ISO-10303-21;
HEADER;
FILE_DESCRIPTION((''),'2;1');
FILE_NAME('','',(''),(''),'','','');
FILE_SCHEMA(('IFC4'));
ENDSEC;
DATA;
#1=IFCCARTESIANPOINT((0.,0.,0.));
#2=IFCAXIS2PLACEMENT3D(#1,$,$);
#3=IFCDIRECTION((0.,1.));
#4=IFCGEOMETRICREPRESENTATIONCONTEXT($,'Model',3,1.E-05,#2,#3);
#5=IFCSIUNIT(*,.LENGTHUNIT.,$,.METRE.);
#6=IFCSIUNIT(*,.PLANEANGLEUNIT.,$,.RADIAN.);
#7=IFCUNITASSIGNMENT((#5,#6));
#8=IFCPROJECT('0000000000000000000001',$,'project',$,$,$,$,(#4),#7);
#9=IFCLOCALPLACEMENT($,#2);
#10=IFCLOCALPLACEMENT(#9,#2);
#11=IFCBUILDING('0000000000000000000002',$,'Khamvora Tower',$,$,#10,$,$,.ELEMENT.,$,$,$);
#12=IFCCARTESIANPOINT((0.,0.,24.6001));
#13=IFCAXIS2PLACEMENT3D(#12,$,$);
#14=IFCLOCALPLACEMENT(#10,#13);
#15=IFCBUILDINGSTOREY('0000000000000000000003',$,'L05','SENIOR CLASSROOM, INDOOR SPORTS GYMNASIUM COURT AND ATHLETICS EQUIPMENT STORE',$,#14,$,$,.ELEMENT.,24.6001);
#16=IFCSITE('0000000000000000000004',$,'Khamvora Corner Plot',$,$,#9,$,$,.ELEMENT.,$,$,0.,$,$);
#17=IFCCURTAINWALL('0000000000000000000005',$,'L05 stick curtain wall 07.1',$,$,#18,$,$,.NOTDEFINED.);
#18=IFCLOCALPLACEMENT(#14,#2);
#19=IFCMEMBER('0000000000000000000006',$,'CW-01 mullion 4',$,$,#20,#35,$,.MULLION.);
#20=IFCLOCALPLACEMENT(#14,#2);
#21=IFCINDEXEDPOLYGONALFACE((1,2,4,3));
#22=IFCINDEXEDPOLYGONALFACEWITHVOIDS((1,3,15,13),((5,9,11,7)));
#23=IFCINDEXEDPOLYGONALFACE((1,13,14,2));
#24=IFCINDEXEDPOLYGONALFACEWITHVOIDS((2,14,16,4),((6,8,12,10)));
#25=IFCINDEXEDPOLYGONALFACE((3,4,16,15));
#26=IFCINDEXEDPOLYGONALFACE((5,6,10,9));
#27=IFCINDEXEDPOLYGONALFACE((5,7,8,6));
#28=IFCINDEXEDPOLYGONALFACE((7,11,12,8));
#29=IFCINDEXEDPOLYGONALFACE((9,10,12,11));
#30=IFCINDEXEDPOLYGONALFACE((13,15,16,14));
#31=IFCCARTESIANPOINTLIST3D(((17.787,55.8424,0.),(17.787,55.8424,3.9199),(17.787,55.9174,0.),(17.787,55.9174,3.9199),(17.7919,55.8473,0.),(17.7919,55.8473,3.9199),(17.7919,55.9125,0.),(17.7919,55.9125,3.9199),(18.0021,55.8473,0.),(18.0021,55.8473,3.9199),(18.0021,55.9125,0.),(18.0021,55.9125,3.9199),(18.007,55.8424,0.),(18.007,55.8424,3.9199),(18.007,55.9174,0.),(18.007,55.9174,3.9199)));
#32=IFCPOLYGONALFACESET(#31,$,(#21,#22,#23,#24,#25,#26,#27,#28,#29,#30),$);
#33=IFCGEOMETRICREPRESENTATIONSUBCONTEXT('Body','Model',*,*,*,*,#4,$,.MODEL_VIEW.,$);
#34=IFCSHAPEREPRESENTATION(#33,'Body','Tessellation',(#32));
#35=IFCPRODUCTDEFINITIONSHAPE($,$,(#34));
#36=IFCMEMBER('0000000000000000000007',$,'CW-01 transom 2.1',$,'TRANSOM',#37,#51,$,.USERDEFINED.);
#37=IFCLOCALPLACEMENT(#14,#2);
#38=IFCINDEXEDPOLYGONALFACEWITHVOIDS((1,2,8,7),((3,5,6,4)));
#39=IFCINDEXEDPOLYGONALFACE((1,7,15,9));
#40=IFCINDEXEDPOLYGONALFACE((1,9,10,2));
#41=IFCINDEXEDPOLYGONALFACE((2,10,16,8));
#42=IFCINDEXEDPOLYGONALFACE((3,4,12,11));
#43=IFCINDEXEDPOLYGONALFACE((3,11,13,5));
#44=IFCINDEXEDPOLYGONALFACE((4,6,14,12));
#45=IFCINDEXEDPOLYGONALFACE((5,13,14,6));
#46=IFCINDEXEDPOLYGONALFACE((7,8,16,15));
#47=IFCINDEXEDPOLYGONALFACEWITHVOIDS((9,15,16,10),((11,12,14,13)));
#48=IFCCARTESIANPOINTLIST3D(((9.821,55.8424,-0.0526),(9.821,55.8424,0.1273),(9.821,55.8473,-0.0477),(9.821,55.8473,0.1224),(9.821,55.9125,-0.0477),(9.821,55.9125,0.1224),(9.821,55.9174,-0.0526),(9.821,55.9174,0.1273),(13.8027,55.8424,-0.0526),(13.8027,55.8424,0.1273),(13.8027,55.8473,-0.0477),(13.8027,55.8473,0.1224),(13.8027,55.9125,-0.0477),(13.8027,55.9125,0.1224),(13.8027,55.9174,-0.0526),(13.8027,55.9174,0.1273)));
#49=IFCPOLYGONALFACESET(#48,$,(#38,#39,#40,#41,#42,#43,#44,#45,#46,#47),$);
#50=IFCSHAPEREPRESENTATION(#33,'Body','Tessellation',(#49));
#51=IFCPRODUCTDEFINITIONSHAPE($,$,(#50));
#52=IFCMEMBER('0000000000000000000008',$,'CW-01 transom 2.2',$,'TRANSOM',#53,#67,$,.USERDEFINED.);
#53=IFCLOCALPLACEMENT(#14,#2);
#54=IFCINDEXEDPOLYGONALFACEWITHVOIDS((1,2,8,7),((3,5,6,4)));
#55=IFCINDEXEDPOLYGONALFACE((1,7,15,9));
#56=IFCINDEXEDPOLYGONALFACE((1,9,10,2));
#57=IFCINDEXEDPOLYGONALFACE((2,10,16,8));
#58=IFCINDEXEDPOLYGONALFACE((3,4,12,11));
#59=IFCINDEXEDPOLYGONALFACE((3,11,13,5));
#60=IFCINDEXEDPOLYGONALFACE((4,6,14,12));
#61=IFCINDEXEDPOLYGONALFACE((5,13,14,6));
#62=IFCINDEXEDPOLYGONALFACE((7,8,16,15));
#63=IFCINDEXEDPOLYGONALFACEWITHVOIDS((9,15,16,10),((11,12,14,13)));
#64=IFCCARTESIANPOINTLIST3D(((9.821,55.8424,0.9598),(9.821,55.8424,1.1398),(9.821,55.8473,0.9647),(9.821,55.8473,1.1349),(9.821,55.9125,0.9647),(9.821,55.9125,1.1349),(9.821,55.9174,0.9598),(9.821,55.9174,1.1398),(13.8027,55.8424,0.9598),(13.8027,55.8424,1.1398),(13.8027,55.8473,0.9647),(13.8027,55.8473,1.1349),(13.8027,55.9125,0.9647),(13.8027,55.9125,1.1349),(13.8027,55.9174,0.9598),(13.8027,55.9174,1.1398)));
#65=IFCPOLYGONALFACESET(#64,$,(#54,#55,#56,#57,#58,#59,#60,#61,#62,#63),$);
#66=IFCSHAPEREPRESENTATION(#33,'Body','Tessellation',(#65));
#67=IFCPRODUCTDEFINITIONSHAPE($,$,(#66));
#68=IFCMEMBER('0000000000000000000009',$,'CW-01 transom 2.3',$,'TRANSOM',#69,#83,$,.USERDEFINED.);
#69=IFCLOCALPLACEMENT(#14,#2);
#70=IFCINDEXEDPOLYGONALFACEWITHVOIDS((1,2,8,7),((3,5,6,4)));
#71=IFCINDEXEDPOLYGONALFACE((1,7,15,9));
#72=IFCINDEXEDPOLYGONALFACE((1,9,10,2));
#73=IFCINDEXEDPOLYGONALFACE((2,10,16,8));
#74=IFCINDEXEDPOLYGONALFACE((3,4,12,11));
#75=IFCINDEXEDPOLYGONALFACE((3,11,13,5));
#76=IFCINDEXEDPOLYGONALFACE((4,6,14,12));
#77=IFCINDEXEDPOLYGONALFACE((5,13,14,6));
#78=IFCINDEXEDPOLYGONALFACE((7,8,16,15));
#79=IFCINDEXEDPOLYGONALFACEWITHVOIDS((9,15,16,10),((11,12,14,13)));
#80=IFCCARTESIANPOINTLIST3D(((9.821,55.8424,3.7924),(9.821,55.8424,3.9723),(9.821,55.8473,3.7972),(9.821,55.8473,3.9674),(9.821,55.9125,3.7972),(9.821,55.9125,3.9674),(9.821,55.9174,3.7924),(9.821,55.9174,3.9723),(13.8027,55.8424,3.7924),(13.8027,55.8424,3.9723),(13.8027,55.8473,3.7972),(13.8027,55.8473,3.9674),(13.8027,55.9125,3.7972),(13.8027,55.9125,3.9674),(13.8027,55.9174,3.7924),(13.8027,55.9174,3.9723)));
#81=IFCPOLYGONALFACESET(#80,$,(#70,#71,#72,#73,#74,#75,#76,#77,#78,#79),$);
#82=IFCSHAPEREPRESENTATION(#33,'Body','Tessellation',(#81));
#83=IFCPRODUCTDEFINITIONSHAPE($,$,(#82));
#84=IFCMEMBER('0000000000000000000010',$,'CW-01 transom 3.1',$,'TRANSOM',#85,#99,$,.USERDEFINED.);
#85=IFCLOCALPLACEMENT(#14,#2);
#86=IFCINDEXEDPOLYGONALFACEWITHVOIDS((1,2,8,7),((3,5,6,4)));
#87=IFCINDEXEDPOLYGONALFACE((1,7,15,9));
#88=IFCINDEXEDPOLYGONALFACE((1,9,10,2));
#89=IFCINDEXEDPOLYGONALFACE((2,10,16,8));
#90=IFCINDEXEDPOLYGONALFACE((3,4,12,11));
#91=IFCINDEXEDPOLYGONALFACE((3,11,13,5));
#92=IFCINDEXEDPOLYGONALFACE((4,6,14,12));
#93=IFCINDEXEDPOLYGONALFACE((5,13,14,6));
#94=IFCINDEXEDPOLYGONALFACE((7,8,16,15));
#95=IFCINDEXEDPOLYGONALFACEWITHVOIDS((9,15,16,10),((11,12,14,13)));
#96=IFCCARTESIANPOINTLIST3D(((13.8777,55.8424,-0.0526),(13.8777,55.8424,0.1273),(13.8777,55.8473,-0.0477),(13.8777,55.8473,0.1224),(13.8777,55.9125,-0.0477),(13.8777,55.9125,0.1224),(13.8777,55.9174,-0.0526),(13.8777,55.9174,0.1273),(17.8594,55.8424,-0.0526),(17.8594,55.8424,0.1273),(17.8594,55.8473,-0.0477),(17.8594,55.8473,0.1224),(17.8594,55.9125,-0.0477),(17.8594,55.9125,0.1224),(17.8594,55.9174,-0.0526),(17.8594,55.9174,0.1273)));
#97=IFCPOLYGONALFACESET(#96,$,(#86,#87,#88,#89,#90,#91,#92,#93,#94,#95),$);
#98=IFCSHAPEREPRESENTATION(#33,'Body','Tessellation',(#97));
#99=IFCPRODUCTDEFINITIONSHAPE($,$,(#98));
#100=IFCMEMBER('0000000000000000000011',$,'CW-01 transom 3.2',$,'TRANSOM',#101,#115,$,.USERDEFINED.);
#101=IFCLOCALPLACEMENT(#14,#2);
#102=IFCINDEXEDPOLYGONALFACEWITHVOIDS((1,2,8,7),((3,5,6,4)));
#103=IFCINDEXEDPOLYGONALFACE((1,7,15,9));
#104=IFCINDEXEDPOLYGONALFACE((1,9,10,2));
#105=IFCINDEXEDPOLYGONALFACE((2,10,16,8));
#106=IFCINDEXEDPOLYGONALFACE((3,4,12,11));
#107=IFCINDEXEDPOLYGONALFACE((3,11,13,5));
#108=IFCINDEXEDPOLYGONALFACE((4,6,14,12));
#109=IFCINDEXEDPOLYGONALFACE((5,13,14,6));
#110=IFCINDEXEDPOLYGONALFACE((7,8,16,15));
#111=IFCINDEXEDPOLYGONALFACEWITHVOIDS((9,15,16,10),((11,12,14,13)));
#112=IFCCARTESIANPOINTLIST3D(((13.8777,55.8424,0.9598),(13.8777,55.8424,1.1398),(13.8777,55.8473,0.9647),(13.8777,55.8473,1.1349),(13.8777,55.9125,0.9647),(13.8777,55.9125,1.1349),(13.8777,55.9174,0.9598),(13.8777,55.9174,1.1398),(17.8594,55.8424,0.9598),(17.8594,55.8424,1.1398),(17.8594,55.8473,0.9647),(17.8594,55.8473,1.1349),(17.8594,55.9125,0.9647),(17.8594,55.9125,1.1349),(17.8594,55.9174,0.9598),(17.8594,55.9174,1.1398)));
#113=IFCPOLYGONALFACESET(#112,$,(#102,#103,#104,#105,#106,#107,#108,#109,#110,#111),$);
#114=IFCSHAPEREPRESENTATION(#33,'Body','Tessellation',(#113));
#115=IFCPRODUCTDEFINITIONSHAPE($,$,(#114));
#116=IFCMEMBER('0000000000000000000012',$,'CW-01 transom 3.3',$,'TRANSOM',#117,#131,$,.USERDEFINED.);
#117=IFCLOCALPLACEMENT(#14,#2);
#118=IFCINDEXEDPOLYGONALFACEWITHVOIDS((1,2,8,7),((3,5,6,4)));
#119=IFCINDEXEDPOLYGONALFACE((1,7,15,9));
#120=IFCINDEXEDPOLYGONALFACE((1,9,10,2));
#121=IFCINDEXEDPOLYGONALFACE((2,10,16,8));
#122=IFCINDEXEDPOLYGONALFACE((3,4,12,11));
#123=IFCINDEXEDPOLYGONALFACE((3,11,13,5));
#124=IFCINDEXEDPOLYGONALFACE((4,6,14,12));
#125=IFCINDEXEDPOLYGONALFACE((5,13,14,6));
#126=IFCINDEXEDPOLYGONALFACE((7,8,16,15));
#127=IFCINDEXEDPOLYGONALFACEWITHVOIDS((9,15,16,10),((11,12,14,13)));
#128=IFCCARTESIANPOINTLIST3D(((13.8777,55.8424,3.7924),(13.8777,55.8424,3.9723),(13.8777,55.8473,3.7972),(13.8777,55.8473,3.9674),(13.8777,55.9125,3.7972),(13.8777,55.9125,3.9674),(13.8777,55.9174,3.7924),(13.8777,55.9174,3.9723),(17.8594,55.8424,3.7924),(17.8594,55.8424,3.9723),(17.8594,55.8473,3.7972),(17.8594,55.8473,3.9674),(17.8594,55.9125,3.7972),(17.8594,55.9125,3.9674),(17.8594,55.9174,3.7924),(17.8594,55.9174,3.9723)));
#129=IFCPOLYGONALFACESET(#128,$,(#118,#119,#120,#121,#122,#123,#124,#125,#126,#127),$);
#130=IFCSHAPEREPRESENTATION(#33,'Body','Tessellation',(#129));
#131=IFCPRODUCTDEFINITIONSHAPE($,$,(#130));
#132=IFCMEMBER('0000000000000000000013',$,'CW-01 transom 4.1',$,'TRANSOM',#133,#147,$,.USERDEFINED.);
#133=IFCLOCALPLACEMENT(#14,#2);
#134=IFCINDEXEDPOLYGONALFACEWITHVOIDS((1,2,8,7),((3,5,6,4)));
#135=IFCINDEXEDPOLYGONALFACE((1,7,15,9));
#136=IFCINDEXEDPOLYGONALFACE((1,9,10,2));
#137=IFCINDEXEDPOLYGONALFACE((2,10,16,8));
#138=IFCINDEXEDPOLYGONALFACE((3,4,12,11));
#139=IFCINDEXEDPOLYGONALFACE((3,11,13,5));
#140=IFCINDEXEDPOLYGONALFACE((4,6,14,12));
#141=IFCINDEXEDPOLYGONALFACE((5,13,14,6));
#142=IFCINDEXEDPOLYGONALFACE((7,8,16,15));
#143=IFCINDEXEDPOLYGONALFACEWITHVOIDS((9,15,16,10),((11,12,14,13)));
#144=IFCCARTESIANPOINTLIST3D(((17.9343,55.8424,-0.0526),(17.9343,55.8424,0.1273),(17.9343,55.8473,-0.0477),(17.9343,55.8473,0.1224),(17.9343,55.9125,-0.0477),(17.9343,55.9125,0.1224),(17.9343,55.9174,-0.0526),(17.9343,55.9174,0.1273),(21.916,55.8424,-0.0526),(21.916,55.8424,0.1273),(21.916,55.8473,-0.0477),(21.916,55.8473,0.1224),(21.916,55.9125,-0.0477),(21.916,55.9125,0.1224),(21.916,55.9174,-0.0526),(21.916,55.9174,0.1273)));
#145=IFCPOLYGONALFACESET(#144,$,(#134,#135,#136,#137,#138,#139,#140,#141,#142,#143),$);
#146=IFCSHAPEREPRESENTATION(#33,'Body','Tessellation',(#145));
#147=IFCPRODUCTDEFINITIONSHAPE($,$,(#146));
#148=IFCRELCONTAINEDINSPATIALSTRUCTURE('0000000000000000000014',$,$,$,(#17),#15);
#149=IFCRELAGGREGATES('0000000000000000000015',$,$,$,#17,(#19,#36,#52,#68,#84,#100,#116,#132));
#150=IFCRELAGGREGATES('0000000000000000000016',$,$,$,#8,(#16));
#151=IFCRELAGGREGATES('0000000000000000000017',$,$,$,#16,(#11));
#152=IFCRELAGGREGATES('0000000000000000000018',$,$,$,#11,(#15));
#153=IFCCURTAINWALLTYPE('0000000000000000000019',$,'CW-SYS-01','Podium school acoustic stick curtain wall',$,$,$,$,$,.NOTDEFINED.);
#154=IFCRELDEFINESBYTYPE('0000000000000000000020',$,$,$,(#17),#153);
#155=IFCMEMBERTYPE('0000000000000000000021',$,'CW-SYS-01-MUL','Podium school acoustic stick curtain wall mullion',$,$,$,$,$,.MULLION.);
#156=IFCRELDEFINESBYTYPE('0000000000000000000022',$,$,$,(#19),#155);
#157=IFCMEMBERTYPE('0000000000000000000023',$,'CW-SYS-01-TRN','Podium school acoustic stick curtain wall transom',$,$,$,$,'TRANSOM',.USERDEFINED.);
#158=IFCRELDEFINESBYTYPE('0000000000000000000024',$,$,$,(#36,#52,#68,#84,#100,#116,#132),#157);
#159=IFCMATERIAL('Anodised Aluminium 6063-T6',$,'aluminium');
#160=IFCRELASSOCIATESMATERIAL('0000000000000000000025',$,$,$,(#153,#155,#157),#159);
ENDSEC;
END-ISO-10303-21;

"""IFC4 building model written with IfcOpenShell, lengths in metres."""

from ifc_helpers import new_model, si_unit, direction, frame, origin, origin_2d, place, context, subcontext, project, spatial, hollow_rectangle, extrude, material, material_profile, profile_set, type_object, element, aggregate, save


model = new_model("IFC4")

# Units and contexts
model_context = context("Model", 3, precision=1e-05, world=origin(), true_north=direction((0.0, 1.0)))
body_context = subcontext(model_context, "Body", "Model", "MODEL_VIEW")
ifc_project = project(units=[si_unit("LENGTHUNIT", "METRE"), si_unit("PLANEANGLEUNIT", "RADIAN")], contexts=[model_context])

# Site, building, storey
site_placement = place(None, origin())
site = spatial("IfcSite", under=ifc_project, at=site_placement, Name="Khamvora Corner Plot", CompositionType="ELEMENT", RefElevation=0.0)
building_placement = place(site_placement, origin())
building = spatial("IfcBuilding", under=site, at=building_placement, Name="Khamvora Tower", CompositionType="ELEMENT")
storey_placement = place(building_placement, frame((0.0, 0.0, 24.6001)))
storey = spatial("IfcBuildingStorey", under=building, at=storey_placement, Name="L05", Description="SENIOR CLASSROOM, INDOOR SPORTS GYMNASIUM COURT AND ATHLETICS EQUIPMENT STORE", CompositionType="ELEMENT", Elevation=24.6001)

# Curtain wall, members
ifc_material_1 = material(Name="Anodised Aluminium 6063-T6", Category="aluminium")
curtain_wall_type = type_object("IfcCurtainWallType", Name="CW-SYS-01", Description="Podium school acoustic stick curtain wall", PredefinedType="NOTDEFINED", material=ifc_material_1)
curtain_wall_placement = place(storey_placement, origin())
curtain_wall = element("IfcCurtainWall", 1, at=curtain_wall_placement, inside=storey, type_object=curtain_wall_type, Name="L05 stick curtain wall 07.1", PredefinedType="NOTDEFINED")
ifc_material_profile_1 = material_profile(ifc_material_1, hollow_rectangle(XDim=0.075, YDim=0.22, WallThickness=0.0049, at=origin_2d()), Name="MUL75x220x5")
ifc_profile_set_1 = profile_set([ifc_material_profile_1], Name="Anodised Aluminium 6063-T6")
member_type_1 = type_object("IfcMemberType", Name="CW-SYS-01-MUL", Description="Podium school acoustic stick curtain wall mullion", PredefinedType="MULLION", material=ifc_profile_set_1)
member_1_placement = place(storey_placement, frame((17.897, 55.8799, 0.0), z_axis=(0.0, 0.0, 1.0), x_axis=(0.0, 1.0, 0.0)))
member_1 = element("IfcMember", 2, at=member_1_placement, type_object=member_type_1, Name="CW-01 mullion 4", PredefinedType="MULLION", context=body_context, shape_type="SweptSolid", body=[
    extrude(hollow_rectangle(XDim=0.075, YDim=0.22, WallThickness=0.0049, at=origin_2d()), origin(), (0.0, 0.0, 1.0), 3.9199),
])
ifc_material_profile_2 = material_profile(ifc_material_1, hollow_rectangle(XDim=0.075, YDim=0.1799, WallThickness=0.0049, at=origin_2d()), Name="TRN75x180x5")
ifc_profile_set_2 = profile_set([ifc_material_profile_2], Name="Anodised Aluminium 6063-T6")
member_type_2 = type_object("IfcMemberType", Name="CW-SYS-01-TRN", Description="Podium school acoustic stick curtain wall transom", ElementType="TRANSOM", PredefinedType="USERDEFINED", material=ifc_profile_set_2)
member_2_placement = place(storey_placement, frame((9.821, 55.8799, 0.0374), z_axis=(1.0, 0.0, 0.0), x_axis=(0.0, 1.0, 0.0)))
member_2 = element("IfcMember", 3, at=member_2_placement, type_object=member_type_2, Name="CW-01 transom 2.1", ObjectType="TRANSOM", PredefinedType="USERDEFINED", context=body_context, shape_type="SweptSolid", body=[
    extrude(hollow_rectangle(XDim=0.075, YDim=0.1799, WallThickness=0.0049, at=origin_2d()), origin(), (0.0, 0.0, 1.0), 3.9817),
])
member_3_placement = place(storey_placement, frame((9.821, 55.8799, 1.0498), z_axis=(1.0, 0.0, 0.0), x_axis=(0.0, 1.0, 0.0)))
member_3 = element("IfcMember", 4, at=member_3_placement, type_object=member_type_2, Name="CW-01 transom 2.2", ObjectType="TRANSOM", PredefinedType="USERDEFINED", context=body_context, shape_type="SweptSolid", body=[
    extrude(hollow_rectangle(XDim=0.075, YDim=0.1799, WallThickness=0.0049, at=origin_2d()), origin(), (0.0, 0.0, 1.0), 3.9817),
])
member_4_placement = place(storey_placement, frame((9.821, 55.8799, 3.8823), z_axis=(1.0, 0.0, 0.0), x_axis=(0.0, 1.0, 0.0)))
member_4 = element("IfcMember", 5, at=member_4_placement, type_object=member_type_2, Name="CW-01 transom 2.3", ObjectType="TRANSOM", PredefinedType="USERDEFINED", context=body_context, shape_type="SweptSolid", body=[
    extrude(hollow_rectangle(XDim=0.075, YDim=0.1799, WallThickness=0.0049, at=origin_2d()), origin(), (0.0, 0.0, 1.0), 3.9817),
])
member_5_placement = place(storey_placement, frame((13.8777, 55.8799, 0.0374), z_axis=(1.0, 0.0, 0.0), x_axis=(0.0, 1.0, 0.0)))
member_5 = element("IfcMember", 6, at=member_5_placement, type_object=member_type_2, Name="CW-01 transom 3.1", ObjectType="TRANSOM", PredefinedType="USERDEFINED", context=body_context, shape_type="SweptSolid", body=[
    extrude(hollow_rectangle(XDim=0.075, YDim=0.1799, WallThickness=0.0049, at=origin_2d()), origin(), (0.0, 0.0, 1.0), 3.9817),
])
member_6_placement = place(storey_placement, frame((13.8777, 55.8799, 1.0498), z_axis=(1.0, 0.0, 0.0), x_axis=(0.0, 1.0, 0.0)))
member_6 = element("IfcMember", 7, at=member_6_placement, type_object=member_type_2, Name="CW-01 transom 3.2", ObjectType="TRANSOM", PredefinedType="USERDEFINED", context=body_context, shape_type="SweptSolid", body=[
    extrude(hollow_rectangle(XDim=0.075, YDim=0.1799, WallThickness=0.0049, at=origin_2d()), origin(), (0.0, 0.0, 1.0), 3.9817),
])
member_7_placement = place(storey_placement, frame((13.8777, 55.8799, 3.8823), z_axis=(1.0, 0.0, 0.0), x_axis=(0.0, 1.0, 0.0)))
member_7 = element("IfcMember", 8, at=member_7_placement, type_object=member_type_2, Name="CW-01 transom 3.3", ObjectType="TRANSOM", PredefinedType="USERDEFINED", context=body_context, shape_type="SweptSolid", body=[
    extrude(hollow_rectangle(XDim=0.075, YDim=0.1799, WallThickness=0.0049, at=origin_2d()), origin(), (0.0, 0.0, 1.0), 3.9817),
])
member_8_placement = place(storey_placement, frame((17.9343, 55.8799, 0.0374), z_axis=(1.0, 0.0, 0.0), x_axis=(0.0, 1.0, 0.0)))
member_8 = element("IfcMember", 9, at=member_8_placement, type_object=member_type_2, Name="CW-01 transom 4.1", ObjectType="TRANSOM", PredefinedType="USERDEFINED", context=body_context, shape_type="SweptSolid", body=[
    extrude(hollow_rectangle(XDim=0.075, YDim=0.1799, WallThickness=0.0049, at=origin_2d()), origin(), (0.0, 0.0, 1.0), 3.9817),
])

aggregate(curtain_wall, [member_1, member_2, member_3, member_4, member_5, member_6, member_7, member_8])

save(model, "model.ifc")
